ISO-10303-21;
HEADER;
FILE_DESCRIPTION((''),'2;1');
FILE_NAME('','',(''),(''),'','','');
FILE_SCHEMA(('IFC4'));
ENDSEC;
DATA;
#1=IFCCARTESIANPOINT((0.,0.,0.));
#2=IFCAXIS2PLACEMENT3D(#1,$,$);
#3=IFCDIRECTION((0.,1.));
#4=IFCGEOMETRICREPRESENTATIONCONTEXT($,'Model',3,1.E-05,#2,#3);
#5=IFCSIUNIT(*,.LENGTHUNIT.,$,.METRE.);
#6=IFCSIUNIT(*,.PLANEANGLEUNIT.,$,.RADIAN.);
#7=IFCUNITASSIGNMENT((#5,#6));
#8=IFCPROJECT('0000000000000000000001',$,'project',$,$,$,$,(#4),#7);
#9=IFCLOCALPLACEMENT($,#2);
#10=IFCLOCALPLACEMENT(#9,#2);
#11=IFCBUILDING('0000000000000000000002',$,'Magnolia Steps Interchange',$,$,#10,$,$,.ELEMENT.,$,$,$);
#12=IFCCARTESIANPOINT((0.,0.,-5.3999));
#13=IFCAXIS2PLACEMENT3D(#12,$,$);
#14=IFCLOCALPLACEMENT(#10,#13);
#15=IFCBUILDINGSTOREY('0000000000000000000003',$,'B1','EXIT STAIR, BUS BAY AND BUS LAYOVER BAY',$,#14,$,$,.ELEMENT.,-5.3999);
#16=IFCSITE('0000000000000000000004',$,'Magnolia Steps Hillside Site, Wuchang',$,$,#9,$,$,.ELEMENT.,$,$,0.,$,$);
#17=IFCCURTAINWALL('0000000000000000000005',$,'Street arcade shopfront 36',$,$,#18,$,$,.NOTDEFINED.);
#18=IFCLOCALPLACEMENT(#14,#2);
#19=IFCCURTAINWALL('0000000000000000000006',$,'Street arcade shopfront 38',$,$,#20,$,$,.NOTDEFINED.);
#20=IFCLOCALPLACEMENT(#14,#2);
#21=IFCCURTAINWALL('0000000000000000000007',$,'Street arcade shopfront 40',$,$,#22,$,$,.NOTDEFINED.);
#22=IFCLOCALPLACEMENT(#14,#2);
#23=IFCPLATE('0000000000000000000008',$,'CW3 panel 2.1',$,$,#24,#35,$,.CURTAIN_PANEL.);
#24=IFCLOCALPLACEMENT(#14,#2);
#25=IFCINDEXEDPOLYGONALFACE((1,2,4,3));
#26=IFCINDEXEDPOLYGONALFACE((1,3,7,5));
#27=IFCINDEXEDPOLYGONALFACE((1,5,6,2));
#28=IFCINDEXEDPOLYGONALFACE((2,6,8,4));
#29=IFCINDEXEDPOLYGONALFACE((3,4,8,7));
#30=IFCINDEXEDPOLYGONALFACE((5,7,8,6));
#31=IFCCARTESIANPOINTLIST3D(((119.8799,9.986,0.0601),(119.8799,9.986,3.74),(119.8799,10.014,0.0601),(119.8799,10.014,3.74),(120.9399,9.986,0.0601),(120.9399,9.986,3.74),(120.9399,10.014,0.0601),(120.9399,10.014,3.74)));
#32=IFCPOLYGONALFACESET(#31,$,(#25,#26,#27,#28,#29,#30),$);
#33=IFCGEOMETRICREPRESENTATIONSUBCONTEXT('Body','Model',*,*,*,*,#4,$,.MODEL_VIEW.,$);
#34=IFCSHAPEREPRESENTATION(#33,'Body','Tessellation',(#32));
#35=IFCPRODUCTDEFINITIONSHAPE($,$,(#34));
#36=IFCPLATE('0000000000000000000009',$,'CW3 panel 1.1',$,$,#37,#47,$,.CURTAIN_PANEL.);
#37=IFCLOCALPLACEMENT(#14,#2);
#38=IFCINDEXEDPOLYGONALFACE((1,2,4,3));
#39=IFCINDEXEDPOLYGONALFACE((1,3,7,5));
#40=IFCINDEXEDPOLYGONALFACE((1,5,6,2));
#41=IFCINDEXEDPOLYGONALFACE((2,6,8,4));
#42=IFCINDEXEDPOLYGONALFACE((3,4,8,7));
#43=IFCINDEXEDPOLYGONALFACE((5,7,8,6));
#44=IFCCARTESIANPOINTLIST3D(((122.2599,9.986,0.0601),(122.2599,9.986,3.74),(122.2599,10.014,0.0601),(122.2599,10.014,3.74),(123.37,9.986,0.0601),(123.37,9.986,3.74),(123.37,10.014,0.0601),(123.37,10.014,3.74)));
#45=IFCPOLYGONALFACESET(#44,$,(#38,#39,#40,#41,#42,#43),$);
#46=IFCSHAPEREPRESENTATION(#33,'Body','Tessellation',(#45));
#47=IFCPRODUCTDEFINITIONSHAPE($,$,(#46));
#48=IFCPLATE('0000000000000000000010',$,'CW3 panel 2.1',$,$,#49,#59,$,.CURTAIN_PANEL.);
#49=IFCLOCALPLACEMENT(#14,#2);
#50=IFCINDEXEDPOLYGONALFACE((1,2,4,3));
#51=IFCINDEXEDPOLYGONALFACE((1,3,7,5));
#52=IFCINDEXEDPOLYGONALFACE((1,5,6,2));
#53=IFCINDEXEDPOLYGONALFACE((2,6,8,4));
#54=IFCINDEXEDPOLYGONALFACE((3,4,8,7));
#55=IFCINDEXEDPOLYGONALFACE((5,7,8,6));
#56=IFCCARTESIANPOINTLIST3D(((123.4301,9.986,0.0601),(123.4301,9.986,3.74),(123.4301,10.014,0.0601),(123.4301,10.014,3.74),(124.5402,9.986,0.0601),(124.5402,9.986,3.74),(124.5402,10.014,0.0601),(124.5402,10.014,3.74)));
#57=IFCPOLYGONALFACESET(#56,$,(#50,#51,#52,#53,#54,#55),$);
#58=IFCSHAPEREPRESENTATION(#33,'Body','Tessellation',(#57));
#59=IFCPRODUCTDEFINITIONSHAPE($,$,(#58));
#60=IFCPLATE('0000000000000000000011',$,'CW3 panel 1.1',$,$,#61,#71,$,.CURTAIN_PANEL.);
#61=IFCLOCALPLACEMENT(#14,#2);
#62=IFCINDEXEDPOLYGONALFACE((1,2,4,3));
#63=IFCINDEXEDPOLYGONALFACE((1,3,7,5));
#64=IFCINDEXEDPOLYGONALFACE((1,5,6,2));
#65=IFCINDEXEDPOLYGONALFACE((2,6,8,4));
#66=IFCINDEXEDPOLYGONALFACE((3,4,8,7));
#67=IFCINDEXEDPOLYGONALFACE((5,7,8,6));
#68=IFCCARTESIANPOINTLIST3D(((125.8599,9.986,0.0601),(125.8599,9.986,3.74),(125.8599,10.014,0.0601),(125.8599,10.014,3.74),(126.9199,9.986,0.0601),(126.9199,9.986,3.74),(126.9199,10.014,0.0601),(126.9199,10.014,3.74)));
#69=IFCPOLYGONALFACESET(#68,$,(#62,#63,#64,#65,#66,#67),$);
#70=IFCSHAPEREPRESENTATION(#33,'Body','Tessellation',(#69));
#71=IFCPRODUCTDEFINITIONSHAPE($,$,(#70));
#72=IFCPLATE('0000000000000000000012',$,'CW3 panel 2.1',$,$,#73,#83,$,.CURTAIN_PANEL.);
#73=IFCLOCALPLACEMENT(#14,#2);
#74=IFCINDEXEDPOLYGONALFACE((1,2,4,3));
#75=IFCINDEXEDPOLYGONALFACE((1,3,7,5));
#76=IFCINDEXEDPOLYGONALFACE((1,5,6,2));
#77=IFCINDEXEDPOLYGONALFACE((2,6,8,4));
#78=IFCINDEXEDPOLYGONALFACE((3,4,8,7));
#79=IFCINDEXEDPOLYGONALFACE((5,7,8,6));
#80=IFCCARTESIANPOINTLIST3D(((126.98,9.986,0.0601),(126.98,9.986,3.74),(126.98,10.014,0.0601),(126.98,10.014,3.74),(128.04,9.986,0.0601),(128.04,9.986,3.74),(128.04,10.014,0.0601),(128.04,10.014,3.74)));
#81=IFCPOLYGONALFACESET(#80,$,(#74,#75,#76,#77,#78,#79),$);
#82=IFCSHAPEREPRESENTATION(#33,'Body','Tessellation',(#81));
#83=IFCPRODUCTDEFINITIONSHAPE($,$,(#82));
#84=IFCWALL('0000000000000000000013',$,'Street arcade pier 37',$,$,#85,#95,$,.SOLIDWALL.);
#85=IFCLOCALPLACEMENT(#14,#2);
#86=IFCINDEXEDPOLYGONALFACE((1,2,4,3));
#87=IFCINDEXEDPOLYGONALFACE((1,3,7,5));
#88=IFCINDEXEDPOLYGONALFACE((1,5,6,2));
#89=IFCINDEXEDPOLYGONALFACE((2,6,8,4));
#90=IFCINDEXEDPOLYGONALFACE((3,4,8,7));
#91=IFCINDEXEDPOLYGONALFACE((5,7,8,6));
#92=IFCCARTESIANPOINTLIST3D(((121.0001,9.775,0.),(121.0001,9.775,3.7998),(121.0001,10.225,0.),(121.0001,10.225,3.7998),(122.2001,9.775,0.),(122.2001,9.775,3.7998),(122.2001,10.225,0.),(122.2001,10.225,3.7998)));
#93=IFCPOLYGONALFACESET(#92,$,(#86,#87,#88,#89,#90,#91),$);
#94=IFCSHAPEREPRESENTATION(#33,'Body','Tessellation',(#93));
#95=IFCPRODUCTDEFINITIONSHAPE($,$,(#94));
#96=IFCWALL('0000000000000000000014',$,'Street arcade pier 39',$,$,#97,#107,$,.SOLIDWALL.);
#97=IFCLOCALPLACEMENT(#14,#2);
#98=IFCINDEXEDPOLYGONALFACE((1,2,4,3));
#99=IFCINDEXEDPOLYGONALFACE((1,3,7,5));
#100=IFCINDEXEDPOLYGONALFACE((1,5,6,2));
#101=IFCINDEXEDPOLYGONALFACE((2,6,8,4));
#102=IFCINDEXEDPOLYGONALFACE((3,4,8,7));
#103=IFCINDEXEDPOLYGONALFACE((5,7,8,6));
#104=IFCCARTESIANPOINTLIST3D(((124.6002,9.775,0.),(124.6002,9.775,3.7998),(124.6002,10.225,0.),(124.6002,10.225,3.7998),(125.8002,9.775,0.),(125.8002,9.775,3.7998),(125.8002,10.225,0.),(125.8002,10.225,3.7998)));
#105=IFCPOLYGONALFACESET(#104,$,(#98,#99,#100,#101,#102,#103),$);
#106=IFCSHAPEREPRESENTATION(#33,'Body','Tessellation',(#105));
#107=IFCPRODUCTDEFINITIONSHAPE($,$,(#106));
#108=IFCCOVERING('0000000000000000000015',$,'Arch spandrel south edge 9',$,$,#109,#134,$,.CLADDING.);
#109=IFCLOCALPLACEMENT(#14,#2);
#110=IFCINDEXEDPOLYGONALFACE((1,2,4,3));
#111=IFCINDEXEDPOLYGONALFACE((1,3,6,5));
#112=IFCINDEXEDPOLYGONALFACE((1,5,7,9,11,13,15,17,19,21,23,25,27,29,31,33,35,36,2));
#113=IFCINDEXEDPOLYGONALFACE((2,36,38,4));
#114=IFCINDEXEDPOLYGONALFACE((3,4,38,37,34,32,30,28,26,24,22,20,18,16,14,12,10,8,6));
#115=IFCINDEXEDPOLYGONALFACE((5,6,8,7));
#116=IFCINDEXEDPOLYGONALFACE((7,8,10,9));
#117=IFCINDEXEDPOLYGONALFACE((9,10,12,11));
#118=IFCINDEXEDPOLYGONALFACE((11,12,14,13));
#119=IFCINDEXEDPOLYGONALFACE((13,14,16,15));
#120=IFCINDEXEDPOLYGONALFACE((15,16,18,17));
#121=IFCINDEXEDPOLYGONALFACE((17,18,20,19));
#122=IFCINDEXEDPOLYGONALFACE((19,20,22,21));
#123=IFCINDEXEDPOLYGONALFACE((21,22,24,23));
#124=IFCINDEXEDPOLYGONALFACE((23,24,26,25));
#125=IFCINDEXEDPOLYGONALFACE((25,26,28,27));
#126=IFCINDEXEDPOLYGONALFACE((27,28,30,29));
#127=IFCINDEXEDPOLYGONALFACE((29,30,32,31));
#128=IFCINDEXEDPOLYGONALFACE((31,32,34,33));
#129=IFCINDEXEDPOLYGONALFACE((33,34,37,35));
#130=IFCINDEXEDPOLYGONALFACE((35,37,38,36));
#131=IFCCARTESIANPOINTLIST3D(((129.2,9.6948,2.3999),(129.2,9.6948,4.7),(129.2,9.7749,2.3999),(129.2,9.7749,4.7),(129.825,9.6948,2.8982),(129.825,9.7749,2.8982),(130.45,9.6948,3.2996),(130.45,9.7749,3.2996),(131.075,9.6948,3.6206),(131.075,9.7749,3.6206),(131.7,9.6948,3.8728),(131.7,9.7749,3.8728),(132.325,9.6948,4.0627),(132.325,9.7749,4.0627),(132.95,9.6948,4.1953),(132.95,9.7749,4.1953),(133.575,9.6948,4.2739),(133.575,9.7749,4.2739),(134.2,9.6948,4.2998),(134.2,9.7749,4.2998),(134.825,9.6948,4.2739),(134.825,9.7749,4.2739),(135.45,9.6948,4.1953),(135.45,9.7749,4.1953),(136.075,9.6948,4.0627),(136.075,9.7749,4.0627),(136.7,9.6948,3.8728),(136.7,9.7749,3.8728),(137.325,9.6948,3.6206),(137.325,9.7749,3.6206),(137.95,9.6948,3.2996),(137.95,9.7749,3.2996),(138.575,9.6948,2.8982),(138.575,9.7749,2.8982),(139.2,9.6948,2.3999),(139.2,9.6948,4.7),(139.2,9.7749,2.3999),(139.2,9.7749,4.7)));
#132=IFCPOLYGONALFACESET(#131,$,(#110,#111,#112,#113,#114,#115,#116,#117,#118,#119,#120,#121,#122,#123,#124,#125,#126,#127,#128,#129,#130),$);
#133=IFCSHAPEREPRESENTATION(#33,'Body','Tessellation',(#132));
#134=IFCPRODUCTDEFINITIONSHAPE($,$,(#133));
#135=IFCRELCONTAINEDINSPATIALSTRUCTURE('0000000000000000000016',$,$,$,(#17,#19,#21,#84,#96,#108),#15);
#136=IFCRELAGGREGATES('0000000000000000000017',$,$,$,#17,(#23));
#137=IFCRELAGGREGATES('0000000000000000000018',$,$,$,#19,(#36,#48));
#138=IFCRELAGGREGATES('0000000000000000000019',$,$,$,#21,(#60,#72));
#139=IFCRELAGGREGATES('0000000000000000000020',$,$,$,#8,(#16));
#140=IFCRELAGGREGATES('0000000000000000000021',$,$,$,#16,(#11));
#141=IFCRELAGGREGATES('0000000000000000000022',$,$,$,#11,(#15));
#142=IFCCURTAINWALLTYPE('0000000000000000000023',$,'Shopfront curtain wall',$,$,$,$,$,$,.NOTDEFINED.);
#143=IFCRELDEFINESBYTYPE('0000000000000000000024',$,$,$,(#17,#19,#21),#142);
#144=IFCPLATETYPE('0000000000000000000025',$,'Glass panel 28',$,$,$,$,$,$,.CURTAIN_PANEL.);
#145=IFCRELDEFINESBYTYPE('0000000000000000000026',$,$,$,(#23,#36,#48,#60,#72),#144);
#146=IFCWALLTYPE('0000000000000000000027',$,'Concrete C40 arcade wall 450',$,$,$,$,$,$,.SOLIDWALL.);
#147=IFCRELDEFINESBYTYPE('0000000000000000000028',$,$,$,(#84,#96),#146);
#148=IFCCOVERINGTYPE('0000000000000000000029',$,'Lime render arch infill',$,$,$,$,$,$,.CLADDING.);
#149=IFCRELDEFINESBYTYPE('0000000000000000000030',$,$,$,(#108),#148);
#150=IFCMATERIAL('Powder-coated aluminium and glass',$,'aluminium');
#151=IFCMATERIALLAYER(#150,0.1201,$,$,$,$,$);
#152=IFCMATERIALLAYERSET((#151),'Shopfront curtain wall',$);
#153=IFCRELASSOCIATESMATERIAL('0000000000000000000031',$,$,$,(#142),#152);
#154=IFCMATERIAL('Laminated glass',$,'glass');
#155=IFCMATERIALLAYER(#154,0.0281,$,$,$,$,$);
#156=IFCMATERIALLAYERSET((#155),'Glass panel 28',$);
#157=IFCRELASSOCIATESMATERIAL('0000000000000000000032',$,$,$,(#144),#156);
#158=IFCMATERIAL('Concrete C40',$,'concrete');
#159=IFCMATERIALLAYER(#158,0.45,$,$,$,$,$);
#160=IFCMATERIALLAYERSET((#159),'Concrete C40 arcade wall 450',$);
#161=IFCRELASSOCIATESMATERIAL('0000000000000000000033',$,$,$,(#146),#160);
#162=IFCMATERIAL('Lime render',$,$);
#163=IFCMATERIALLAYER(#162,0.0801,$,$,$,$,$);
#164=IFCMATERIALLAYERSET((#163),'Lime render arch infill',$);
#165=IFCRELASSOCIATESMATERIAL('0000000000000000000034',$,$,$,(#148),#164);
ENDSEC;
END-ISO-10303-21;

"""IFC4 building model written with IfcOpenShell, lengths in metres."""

from ifc_helpers import new_model, si_unit, direction, frame, frame_2d, origin, origin_2d, place, context, subcontext, project, spatial, polyline, rectangle, outline, extrude, material, layer, layer_set, type_object, element, aggregate, save


model = new_model("IFC4")

# Units and contexts
model_context = context("Model", 3, precision=1e-05, world=origin(), true_north=direction((0.0, 1.0)))
body_context = subcontext(model_context, "Body", "Model", "MODEL_VIEW")
ifc_project = project(units=[si_unit("LENGTHUNIT", "METRE"), si_unit("PLANEANGLEUNIT", "RADIAN")], contexts=[model_context])

# Site, building, storey
site_placement = place(None, origin())
site = spatial("IfcSite", under=ifc_project, at=site_placement, Name="Magnolia Steps Hillside Site, Wuchang", CompositionType="ELEMENT", RefElevation=0.0)
building_placement = place(site_placement, origin())
building = spatial("IfcBuilding", under=site, at=building_placement, Name="Magnolia Steps Interchange", CompositionType="ELEMENT")
storey_placement = place(building_placement, frame((0.0, 0.0, -5.3999)))
storey = spatial("IfcBuildingStorey", under=building, at=storey_placement, Name="B1", Description="EXIT STAIR, BUS BAY AND BUS LAYOVER BAY", CompositionType="ELEMENT", Elevation=-5.3999)

# Curtain wall
ifc_material_1 = material(Name="Powder-coated aluminium and glass", Category="aluminium")
ifc_layer_1 = layer(ifc_material_1, 0.1201)
ifc_layer_set_1 = layer_set([ifc_layer_1], Name="Shopfront curtain wall")
curtain_wall_type = type_object("IfcCurtainWallType", Name="Shopfront curtain wall", PredefinedType="NOTDEFINED", material=ifc_layer_set_1)
curtain_wall_1_placement = place(storey_placement, origin())
curtain_wall_1 = element("IfcCurtainWall", 1, at=curtain_wall_1_placement, inside=storey, type_object=curtain_wall_type, Name="Street arcade shopfront 36", PredefinedType="NOTDEFINED")

# Curtain walls
curtain_wall_2_placement = place(storey_placement, origin())
curtain_wall_2 = element("IfcCurtainWall", 2, at=curtain_wall_2_placement, inside=storey, type_object=curtain_wall_type, Name="Street arcade shopfront 38", PredefinedType="NOTDEFINED")
curtain_wall_3_placement = place(storey_placement, origin())
curtain_wall_3 = element("IfcCurtainWall", 3, at=curtain_wall_3_placement, inside=storey, type_object=curtain_wall_type, Name="Street arcade shopfront 40", PredefinedType="NOTDEFINED")

# Plates
ifc_material_2 = material(Name="Laminated glass", Category="glass")
ifc_layer_2 = layer(ifc_material_2, 0.0281)
ifc_layer_set_2 = layer_set([ifc_layer_2], Name="Glass panel 28")
plate_type = type_object("IfcPlateType", Name="Glass panel 28", PredefinedType="CURTAIN_PANEL", material=ifc_layer_set_2)
plate_1_placement = place(storey_placement, frame((120.4099, 10.0, 0.0601), z_axis=(0.0, 0.0, 1.0), x_axis=(1.0, 0.0, 0.0)))
plate_1 = element("IfcPlate", 4, at=plate_1_placement, type_object=plate_type, Name="CW3 panel 2.1", PredefinedType="CURTAIN_PANEL", context=body_context, shape_type="SweptSolid", body=[
    extrude(rectangle(XDim=1.0601, YDim=0.0281, at=origin_2d()), origin(), (0.0, 0.0, 1.0), 3.6799),
])
aggregate(curtain_wall_1, [plate_1])
plate_2_placement = place(storey_placement, frame((122.8149, 10.0, 0.0601), z_axis=(0.0, 0.0, 1.0), x_axis=(1.0, 0.0, 0.0)))
plate_2 = element("IfcPlate", 5, at=plate_2_placement, type_object=plate_type, Name="CW3 panel 1.1", PredefinedType="CURTAIN_PANEL", context=body_context, shape_type="SweptSolid", body=[
    extrude(rectangle(XDim=1.1101, YDim=0.0281, at=origin_2d()), origin(), (0.0, 0.0, 1.0), 3.6799),
])
plate_3_placement = place(storey_placement, frame((123.9851, 10.0, 0.0601), z_axis=(0.0, 0.0, 1.0), x_axis=(1.0, 0.0, 0.0)))
plate_3 = element("IfcPlate", 6, at=plate_3_placement, type_object=plate_type, Name="CW3 panel 2.1", PredefinedType="CURTAIN_PANEL", context=body_context, shape_type="SweptSolid", body=[
    extrude(rectangle(XDim=1.1101, YDim=0.0281, at=origin_2d()), origin(), (0.0, 0.0, 1.0), 3.6799),
])
aggregate(curtain_wall_2, [plate_2, plate_3])
plate_4_placement = place(storey_placement, frame((126.3899, 10.0, 0.0601), z_axis=(0.0, 0.0, 1.0), x_axis=(1.0, 0.0, 0.0)))
plate_4 = element("IfcPlate", 7, at=plate_4_placement, type_object=plate_type, Name="CW3 panel 1.1", PredefinedType="CURTAIN_PANEL", context=body_context, shape_type="SweptSolid", body=[
    extrude(rectangle(XDim=1.0601, YDim=0.0281, at=origin_2d()), origin(), (0.0, 0.0, 1.0), 3.6799),
])
plate_5_placement = place(storey_placement, frame((127.51, 10.0, 0.0601), z_axis=(0.0, 0.0, 1.0), x_axis=(1.0, 0.0, 0.0)))
plate_5 = element("IfcPlate", 8, at=plate_5_placement, type_object=plate_type, Name="CW3 panel 2.1", PredefinedType="CURTAIN_PANEL", context=body_context, shape_type="SweptSolid", body=[
    extrude(rectangle(XDim=1.0601, YDim=0.0281, at=origin_2d()), origin(), (0.0, 0.0, 1.0), 3.6799),
])
aggregate(curtain_wall_3, [plate_4, plate_5])

# Walls
ifc_material_3 = material(Name="Concrete C40", Category="concrete")
ifc_layer_3 = layer(ifc_material_3, 0.45)
ifc_layer_set_3 = layer_set([ifc_layer_3], Name="Concrete C40 arcade wall 450")
wall_type = type_object("IfcWallType", Name="Concrete C40 arcade wall 450", PredefinedType="SOLIDWALL", material=ifc_layer_set_3)
for number, where, z_axis, x_axis, name in (
    (9, (121.0, 10.0, 0.0), (0.0, 0.0, 1.0), (1.0, 0.0, 0.0), "Street arcade pier 37"),
    (10, (124.6001, 10.0, 0.0), (0.0, 0.0, 1.0), (1.0, 0.0, 0.0), "Street arcade pier 39"),
):
    element("IfcWall", number, at=place(storey_placement, frame(where, z_axis=z_axis, x_axis=x_axis)), inside=storey, type_object=wall_type, Name=name, PredefinedType="SOLIDWALL", context=body_context, shape_type="SweptSolid", body=[
        extrude(rectangle(XDim=1.2, YDim=0.45, at=frame_2d((0.6001, 0.0))), origin(), (0.0, 0.0, 1.0), 3.7998),
    ])

# Covering
ifc_material_4 = material(Name="Lime render")
ifc_layer_4 = layer(ifc_material_4, 0.0801)
ifc_layer_set_4 = layer_set([ifc_layer_4], Name="Lime render arch infill")
covering_type = type_object("IfcCoveringType", Name="Lime render arch infill", PredefinedType="CLADDING", material=ifc_layer_set_4)
covering_placement = place(storey_placement, frame((129.2, 9.7749, 2.3999), z_axis=(0.0, 1.0, 0.0), x_axis=(0.0, 0.0, 1.0)))
element("IfcCovering", 11, at=covering_placement, inside=storey, type_object=covering_type, Name="Arch spandrel south edge 9", PredefinedType="CLADDING", context=body_context, shape_type="SweptSolid", body=[
    extrude(outline(polyline([(0.0, 0.0), (2.3, 0.0), (2.3, 10.0), (0.0, 10.0), (0.4983, 9.375), (0.8997, 8.75), (1.2207, 8.125), (1.4729, 7.5), (1.6628, 6.875), (1.7954, 6.25), (1.874, 5.625), (1.8999, 5.0), (1.874, 4.375), (1.7954, 3.75), (1.6628, 3.125), (1.4729, 2.5), (1.2207, 1.875), (0.8997, 1.25), (0.4983, 0.625), (0.0, 0.0)])), origin(), (0.0, 0.0, -1.0), 0.0801),
])

save(model, "model.ifc")
